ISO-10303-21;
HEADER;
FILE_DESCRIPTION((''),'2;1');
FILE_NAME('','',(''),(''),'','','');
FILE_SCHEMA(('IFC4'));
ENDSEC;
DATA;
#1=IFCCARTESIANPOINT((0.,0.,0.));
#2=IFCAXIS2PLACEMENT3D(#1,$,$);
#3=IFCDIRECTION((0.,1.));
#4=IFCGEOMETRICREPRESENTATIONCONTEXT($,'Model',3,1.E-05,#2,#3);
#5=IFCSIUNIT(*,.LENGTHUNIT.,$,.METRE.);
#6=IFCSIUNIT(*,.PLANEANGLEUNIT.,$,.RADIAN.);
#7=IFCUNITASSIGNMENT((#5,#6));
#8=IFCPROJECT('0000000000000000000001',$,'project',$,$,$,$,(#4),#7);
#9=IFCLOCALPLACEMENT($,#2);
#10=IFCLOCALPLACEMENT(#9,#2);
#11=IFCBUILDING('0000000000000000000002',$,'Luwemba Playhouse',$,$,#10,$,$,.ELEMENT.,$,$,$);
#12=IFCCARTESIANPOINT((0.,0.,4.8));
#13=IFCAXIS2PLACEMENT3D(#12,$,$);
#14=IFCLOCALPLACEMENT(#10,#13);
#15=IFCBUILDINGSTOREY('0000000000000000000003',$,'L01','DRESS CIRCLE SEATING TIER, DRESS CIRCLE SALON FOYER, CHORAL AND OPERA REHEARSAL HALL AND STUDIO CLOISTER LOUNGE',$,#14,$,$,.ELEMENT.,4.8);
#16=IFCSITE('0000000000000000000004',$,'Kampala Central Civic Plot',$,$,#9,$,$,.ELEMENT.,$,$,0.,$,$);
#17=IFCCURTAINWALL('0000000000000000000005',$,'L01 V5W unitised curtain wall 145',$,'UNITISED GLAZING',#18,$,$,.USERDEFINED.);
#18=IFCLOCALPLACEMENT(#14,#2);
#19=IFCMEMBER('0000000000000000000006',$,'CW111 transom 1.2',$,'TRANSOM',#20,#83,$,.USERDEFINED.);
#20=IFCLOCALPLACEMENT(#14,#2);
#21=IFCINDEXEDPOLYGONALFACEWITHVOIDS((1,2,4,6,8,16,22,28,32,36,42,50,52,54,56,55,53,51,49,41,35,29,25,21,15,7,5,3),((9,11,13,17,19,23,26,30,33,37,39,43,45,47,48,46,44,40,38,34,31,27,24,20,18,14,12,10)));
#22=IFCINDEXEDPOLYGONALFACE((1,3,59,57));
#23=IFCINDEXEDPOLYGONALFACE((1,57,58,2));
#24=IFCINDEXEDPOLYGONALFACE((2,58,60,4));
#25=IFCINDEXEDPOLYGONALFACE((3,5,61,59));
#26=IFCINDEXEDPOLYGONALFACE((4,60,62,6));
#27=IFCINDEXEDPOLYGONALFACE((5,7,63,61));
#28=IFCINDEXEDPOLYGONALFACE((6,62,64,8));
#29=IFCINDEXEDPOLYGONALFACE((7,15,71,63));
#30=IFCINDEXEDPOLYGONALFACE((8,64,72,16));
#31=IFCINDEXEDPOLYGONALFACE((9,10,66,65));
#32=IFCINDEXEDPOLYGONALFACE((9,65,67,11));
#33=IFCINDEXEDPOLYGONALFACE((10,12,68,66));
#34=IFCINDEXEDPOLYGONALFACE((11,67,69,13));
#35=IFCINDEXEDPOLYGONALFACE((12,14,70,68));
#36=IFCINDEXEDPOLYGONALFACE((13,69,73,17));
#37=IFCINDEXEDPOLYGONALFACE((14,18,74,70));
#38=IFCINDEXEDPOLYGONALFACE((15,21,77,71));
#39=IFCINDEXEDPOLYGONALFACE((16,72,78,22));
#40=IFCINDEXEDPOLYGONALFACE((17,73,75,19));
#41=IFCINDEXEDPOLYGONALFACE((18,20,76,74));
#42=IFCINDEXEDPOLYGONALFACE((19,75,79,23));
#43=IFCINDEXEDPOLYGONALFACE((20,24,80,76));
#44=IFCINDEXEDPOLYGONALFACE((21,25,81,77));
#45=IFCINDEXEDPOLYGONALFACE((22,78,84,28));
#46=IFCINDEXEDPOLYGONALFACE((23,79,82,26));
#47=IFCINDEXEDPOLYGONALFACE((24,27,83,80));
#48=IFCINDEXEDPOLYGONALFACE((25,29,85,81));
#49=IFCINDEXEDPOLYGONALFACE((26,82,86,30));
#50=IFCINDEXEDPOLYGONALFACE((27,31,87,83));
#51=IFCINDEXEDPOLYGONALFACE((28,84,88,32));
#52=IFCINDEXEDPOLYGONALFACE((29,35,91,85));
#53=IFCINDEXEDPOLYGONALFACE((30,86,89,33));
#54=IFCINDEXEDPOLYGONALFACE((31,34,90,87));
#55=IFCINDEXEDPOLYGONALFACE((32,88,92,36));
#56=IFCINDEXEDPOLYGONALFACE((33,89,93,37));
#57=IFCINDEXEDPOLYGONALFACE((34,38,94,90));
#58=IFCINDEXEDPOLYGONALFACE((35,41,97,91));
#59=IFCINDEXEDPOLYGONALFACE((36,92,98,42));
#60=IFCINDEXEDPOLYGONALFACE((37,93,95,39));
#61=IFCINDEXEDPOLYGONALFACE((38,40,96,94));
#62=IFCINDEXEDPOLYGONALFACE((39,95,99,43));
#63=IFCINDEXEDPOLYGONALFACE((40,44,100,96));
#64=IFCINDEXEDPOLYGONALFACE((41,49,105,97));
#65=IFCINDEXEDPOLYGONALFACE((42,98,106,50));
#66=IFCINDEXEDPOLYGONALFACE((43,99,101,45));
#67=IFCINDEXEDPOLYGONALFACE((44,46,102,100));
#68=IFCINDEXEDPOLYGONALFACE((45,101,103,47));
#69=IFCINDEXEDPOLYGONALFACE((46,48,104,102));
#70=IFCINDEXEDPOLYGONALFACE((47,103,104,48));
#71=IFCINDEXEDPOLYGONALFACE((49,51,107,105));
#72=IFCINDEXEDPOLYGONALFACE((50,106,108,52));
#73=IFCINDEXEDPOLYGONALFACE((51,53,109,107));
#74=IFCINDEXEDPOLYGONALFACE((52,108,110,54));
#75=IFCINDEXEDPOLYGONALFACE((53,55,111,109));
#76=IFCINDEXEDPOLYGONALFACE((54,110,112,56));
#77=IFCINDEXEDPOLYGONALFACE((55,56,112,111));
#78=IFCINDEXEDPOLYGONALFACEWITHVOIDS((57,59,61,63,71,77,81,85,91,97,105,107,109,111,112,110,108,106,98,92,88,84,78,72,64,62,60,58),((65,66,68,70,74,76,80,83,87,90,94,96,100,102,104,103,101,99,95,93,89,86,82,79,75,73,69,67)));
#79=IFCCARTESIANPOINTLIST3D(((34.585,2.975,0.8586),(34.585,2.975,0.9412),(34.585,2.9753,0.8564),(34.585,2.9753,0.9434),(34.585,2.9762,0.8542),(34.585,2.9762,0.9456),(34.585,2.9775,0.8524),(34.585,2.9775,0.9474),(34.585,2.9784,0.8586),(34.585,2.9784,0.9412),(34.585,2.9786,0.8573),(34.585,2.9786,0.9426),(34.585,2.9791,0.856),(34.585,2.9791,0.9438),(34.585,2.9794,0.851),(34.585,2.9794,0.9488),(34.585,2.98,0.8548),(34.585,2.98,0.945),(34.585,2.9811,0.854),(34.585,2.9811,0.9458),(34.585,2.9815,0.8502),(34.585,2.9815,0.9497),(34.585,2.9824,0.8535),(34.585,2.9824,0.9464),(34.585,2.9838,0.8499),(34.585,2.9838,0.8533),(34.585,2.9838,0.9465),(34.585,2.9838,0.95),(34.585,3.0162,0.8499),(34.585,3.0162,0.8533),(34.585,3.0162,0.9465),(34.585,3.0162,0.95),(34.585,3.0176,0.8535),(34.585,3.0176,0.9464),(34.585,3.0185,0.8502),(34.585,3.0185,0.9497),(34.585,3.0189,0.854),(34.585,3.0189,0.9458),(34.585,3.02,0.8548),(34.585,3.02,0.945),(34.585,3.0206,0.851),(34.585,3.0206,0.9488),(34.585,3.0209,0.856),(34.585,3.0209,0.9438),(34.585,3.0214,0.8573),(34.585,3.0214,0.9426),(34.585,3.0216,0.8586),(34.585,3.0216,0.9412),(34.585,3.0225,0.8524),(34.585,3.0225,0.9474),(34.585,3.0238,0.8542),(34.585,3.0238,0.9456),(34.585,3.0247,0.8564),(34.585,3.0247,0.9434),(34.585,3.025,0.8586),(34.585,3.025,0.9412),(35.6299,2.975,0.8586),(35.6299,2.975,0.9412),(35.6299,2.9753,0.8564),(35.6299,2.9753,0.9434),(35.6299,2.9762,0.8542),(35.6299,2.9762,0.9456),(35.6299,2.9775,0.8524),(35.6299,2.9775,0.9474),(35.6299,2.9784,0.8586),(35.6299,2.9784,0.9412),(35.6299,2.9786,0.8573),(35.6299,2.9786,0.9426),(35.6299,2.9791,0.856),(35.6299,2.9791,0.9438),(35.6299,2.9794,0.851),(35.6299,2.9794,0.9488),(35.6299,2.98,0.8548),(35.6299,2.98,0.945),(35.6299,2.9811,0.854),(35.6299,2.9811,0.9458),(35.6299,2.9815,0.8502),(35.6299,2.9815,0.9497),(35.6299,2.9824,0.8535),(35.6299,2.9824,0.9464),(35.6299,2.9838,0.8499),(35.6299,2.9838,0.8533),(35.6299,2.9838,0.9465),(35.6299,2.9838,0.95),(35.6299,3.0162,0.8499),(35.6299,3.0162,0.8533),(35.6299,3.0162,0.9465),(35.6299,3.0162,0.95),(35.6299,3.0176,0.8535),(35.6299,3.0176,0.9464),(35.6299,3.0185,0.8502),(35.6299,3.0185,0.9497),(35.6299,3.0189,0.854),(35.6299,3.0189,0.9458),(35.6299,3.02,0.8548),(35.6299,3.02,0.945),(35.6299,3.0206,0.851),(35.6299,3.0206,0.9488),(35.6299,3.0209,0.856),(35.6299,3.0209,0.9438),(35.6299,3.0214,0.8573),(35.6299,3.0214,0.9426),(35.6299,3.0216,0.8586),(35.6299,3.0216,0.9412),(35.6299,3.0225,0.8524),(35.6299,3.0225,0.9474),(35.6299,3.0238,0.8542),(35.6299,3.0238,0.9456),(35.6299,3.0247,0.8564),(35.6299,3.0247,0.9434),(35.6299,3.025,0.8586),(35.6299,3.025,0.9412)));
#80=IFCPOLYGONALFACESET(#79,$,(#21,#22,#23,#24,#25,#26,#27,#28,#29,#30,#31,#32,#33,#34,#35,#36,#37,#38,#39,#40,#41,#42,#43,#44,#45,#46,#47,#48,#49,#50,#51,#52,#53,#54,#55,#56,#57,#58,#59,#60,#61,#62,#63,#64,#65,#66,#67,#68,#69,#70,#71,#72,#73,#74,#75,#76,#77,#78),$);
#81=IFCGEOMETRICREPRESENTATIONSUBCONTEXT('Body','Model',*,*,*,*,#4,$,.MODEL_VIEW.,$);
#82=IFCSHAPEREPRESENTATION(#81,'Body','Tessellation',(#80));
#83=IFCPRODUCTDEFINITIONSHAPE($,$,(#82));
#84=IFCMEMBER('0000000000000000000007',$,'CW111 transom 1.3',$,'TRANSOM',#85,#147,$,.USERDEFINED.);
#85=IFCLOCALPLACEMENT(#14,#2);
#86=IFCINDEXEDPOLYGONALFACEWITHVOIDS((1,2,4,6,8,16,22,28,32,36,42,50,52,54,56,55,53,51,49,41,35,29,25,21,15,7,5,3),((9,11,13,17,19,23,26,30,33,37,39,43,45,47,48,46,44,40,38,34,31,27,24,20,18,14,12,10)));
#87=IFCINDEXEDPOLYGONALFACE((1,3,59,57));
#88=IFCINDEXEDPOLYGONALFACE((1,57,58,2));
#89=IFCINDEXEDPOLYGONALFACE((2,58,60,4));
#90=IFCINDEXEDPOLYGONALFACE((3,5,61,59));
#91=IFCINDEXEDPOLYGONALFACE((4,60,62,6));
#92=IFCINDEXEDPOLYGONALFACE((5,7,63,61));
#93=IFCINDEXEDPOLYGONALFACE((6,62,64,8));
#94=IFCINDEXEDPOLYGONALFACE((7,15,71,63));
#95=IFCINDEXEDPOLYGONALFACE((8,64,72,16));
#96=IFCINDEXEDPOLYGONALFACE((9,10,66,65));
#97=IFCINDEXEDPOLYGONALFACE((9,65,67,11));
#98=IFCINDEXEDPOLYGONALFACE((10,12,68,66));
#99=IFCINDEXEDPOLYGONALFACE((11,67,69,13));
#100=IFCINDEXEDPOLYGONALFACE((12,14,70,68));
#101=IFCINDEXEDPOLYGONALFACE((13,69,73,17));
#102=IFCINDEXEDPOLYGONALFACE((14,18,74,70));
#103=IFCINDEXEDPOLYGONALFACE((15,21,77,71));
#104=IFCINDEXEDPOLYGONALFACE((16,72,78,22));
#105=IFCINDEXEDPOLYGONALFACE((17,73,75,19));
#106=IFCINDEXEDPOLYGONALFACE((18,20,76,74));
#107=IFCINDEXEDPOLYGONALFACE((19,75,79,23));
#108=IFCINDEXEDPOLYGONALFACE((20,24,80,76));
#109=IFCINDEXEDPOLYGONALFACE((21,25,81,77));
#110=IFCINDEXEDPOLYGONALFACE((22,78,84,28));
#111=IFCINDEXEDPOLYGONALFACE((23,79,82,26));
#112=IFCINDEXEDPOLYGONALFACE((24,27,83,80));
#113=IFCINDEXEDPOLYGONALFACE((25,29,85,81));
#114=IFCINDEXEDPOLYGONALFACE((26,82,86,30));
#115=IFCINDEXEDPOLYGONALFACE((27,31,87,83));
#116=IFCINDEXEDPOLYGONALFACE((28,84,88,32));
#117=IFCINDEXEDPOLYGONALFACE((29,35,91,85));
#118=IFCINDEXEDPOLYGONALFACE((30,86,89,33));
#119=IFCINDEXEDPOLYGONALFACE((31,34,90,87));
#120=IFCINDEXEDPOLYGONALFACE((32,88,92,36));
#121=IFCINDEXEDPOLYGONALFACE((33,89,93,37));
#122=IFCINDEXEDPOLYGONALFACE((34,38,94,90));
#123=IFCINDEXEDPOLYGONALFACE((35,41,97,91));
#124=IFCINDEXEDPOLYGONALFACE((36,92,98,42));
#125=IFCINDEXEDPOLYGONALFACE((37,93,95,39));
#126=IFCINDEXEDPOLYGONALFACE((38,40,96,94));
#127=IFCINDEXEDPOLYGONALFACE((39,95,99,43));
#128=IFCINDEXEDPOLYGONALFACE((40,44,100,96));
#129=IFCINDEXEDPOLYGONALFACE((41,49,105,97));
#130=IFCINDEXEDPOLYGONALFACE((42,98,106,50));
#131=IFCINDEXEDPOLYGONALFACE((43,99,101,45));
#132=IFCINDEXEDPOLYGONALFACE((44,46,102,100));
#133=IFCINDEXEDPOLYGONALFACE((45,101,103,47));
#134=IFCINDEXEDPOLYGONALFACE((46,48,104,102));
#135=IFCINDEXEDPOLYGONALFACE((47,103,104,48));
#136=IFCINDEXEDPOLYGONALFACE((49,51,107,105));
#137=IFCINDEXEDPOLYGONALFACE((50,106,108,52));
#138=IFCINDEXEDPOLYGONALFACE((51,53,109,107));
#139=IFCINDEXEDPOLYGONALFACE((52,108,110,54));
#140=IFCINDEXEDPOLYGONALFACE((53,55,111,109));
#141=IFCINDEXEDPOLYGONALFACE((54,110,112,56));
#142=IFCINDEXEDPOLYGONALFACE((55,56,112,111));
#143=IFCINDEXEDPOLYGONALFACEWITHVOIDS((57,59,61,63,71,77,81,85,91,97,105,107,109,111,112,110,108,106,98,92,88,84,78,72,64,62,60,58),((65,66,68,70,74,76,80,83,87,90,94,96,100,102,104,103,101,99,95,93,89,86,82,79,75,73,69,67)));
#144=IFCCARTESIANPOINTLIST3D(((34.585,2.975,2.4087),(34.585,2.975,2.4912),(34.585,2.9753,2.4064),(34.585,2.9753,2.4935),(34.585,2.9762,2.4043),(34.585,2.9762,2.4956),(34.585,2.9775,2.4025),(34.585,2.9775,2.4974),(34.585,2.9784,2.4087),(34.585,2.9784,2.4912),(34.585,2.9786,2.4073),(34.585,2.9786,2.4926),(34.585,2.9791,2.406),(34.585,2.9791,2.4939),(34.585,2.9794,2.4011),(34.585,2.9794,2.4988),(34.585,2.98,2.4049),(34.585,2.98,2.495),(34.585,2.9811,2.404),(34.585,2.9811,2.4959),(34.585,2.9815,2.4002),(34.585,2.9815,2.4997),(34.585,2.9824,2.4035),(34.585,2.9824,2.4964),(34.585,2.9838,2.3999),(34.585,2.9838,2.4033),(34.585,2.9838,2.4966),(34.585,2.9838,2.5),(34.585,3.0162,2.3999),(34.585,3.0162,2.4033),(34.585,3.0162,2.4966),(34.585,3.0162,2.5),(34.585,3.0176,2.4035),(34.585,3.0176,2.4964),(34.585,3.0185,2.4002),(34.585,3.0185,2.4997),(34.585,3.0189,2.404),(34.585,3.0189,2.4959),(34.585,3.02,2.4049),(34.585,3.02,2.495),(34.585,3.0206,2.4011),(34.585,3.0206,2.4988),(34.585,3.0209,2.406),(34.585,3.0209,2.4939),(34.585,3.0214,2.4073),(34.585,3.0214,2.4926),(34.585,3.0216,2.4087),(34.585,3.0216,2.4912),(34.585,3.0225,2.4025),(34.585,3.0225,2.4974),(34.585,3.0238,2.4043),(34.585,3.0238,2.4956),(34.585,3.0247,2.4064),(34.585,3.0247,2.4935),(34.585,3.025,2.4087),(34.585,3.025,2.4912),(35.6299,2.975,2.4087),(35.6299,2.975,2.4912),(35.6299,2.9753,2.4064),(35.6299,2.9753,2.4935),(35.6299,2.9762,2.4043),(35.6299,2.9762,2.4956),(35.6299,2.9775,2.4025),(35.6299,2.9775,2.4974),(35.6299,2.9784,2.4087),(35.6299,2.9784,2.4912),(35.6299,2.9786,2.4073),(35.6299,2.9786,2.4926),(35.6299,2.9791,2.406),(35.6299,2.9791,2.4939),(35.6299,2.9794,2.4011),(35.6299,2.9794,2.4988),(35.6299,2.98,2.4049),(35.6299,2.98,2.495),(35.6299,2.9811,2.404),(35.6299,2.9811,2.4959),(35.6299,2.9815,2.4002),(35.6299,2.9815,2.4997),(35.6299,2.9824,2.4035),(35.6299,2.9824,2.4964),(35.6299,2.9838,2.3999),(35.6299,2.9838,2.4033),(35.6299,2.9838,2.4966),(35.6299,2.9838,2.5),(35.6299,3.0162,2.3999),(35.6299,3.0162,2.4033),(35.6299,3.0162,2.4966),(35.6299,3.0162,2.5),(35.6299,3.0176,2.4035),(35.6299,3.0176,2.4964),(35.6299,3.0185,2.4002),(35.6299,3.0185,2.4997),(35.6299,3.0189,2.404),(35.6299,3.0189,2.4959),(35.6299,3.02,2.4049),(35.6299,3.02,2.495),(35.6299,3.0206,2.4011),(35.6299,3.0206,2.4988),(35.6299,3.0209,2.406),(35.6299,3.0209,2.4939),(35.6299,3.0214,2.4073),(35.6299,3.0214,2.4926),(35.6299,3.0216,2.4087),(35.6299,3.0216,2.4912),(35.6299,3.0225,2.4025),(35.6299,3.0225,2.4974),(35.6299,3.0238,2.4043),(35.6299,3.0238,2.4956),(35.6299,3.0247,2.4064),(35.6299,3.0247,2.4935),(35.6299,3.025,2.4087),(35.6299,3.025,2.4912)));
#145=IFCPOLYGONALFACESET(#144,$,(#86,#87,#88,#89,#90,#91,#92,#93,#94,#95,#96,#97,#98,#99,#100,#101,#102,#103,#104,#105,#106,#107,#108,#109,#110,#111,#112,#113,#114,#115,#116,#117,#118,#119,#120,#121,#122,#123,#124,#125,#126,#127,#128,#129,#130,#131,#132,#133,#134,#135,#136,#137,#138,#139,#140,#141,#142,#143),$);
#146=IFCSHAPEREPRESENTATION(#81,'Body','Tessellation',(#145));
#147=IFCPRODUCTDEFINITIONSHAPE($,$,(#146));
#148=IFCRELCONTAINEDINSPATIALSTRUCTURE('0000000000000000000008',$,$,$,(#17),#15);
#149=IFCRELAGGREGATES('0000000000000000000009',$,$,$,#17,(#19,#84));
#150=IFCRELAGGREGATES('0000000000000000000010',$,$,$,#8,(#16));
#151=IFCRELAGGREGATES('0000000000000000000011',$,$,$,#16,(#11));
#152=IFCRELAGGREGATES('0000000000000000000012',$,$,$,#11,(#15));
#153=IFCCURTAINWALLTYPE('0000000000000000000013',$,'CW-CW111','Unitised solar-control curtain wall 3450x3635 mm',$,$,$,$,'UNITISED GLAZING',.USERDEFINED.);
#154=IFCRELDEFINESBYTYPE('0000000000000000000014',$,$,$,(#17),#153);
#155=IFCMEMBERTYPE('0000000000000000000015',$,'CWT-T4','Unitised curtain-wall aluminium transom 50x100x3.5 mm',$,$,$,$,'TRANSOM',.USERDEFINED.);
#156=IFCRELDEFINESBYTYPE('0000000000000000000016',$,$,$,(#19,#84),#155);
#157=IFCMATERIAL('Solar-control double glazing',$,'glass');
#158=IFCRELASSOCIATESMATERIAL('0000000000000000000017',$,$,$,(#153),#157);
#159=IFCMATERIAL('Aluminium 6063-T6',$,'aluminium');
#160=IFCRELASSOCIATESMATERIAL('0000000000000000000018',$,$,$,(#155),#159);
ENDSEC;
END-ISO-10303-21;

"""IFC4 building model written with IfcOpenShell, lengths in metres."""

from ifc_helpers import new_model, si_unit, direction, frame, origin, origin_2d, place, context, subcontext, project, spatial, hollow_rectangle, extrude, material, material_profile, profile_set, type_object, element, aggregate, save


model = new_model("IFC4")

# Units and contexts
model_context = context("Model", 3, precision=1e-05, world=origin(), true_north=direction((0.0, 1.0)))
body_context = subcontext(model_context, "Body", "Model", "MODEL_VIEW")
ifc_project = project(units=[si_unit("LENGTHUNIT", "METRE"), si_unit("PLANEANGLEUNIT", "RADIAN")], contexts=[model_context])

# Site, building, storey
site_placement = place(None, origin())
site = spatial("IfcSite", under=ifc_project, at=site_placement, Name="Kampala Central Civic Plot", CompositionType="ELEMENT", RefElevation=0.0)
building_placement = place(site_placement, origin())
building = spatial("IfcBuilding", under=site, at=building_placement, Name="Luwemba Playhouse", CompositionType="ELEMENT")
storey_placement = place(building_placement, frame((0.0, 0.0, 4.8)))
storey = spatial("IfcBuildingStorey", under=building, at=storey_placement, Name="L01", Description="DRESS CIRCLE SEATING TIER, DRESS CIRCLE SALON FOYER, CHORAL AND OPERA REHEARSAL HALL AND STUDIO CLOISTER LOUNGE", CompositionType="ELEMENT", Elevation=4.8)

# Shared definitions
ifc_material_1 = material(Name="Solar-control double glazing", Category="glass")
ifc_material_2 = material(Name="Aluminium 6063-T6", Category="aluminium")

# Curtain wall, members
curtain_wall_type_1 = type_object("IfcCurtainWallType", Name="CW-CW111", Description="Unitised solar-control curtain wall 3450x3635 mm", ElementType="UNITISED GLAZING", PredefinedType="USERDEFINED", material=ifc_material_1)
curtain_wall_1_placement = place(storey_placement, origin())
curtain_wall_1 = element("IfcCurtainWall", 1, at=curtain_wall_1_placement, inside=storey, type_object=curtain_wall_type_1, Name="L01 V5W unitised curtain wall 145", ObjectType="UNITISED GLAZING", PredefinedType="USERDEFINED")
ifc_material_profile_1 = material_profile(ifc_material_2, hollow_rectangle(XDim=0.05, YDim=0.1001, WallThickness=0.0034, InnerFilletRadius=0.0054, OuterFilletRadius=0.0088, at=origin_2d()))
ifc_profile_set_1 = profile_set([ifc_material_profile_1], Name="Aluminium 6063-T6")
member_type_1 = type_object("IfcMemberType", Name="CWT-T4", Description="Unitised curtain-wall aluminium transom 50x100x3.5 mm", ElementType="TRANSOM", PredefinedType="USERDEFINED", material=ifc_profile_set_1)
member_1_placement = place(storey_placement, frame((35.6299, 3.0, 0.8999), z_axis=(-1.0, 0.0, 0.0), x_axis=(0.0, -1.0, 0.0)))
member_1 = element("IfcMember", 2, at=member_1_placement, type_object=member_type_1, Name="CW111 transom 1.2", ObjectType="TRANSOM", PredefinedType="USERDEFINED", context=body_context, shape_type="SweptSolid", body=[
    extrude(hollow_rectangle(XDim=0.05, YDim=0.1001, WallThickness=0.0034, InnerFilletRadius=0.0054, OuterFilletRadius=0.0088, at=origin_2d()), origin(), (0.0, 0.0, 1.0), 1.0449),
])
member_2_placement = place(storey_placement, frame((35.6299, 3.0, 2.45), z_axis=(-1.0, 0.0, 0.0), x_axis=(0.0, -1.0, 0.0)))
member_2 = element("IfcMember", 3, at=member_2_placement, type_object=member_type_1, Name="CW111 transom 1.3", ObjectType="TRANSOM", PredefinedType="USERDEFINED", context=body_context, shape_type="SweptSolid", body=[
    extrude(hollow_rectangle(XDim=0.05, YDim=0.1001, WallThickness=0.0034, InnerFilletRadius=0.0054, OuterFilletRadius=0.0088, at=origin_2d()), origin(), (0.0, 0.0, 1.0), 1.0449),
])

aggregate(curtain_wall_1, [member_1, member_2])

save(model, "model.ifc")
